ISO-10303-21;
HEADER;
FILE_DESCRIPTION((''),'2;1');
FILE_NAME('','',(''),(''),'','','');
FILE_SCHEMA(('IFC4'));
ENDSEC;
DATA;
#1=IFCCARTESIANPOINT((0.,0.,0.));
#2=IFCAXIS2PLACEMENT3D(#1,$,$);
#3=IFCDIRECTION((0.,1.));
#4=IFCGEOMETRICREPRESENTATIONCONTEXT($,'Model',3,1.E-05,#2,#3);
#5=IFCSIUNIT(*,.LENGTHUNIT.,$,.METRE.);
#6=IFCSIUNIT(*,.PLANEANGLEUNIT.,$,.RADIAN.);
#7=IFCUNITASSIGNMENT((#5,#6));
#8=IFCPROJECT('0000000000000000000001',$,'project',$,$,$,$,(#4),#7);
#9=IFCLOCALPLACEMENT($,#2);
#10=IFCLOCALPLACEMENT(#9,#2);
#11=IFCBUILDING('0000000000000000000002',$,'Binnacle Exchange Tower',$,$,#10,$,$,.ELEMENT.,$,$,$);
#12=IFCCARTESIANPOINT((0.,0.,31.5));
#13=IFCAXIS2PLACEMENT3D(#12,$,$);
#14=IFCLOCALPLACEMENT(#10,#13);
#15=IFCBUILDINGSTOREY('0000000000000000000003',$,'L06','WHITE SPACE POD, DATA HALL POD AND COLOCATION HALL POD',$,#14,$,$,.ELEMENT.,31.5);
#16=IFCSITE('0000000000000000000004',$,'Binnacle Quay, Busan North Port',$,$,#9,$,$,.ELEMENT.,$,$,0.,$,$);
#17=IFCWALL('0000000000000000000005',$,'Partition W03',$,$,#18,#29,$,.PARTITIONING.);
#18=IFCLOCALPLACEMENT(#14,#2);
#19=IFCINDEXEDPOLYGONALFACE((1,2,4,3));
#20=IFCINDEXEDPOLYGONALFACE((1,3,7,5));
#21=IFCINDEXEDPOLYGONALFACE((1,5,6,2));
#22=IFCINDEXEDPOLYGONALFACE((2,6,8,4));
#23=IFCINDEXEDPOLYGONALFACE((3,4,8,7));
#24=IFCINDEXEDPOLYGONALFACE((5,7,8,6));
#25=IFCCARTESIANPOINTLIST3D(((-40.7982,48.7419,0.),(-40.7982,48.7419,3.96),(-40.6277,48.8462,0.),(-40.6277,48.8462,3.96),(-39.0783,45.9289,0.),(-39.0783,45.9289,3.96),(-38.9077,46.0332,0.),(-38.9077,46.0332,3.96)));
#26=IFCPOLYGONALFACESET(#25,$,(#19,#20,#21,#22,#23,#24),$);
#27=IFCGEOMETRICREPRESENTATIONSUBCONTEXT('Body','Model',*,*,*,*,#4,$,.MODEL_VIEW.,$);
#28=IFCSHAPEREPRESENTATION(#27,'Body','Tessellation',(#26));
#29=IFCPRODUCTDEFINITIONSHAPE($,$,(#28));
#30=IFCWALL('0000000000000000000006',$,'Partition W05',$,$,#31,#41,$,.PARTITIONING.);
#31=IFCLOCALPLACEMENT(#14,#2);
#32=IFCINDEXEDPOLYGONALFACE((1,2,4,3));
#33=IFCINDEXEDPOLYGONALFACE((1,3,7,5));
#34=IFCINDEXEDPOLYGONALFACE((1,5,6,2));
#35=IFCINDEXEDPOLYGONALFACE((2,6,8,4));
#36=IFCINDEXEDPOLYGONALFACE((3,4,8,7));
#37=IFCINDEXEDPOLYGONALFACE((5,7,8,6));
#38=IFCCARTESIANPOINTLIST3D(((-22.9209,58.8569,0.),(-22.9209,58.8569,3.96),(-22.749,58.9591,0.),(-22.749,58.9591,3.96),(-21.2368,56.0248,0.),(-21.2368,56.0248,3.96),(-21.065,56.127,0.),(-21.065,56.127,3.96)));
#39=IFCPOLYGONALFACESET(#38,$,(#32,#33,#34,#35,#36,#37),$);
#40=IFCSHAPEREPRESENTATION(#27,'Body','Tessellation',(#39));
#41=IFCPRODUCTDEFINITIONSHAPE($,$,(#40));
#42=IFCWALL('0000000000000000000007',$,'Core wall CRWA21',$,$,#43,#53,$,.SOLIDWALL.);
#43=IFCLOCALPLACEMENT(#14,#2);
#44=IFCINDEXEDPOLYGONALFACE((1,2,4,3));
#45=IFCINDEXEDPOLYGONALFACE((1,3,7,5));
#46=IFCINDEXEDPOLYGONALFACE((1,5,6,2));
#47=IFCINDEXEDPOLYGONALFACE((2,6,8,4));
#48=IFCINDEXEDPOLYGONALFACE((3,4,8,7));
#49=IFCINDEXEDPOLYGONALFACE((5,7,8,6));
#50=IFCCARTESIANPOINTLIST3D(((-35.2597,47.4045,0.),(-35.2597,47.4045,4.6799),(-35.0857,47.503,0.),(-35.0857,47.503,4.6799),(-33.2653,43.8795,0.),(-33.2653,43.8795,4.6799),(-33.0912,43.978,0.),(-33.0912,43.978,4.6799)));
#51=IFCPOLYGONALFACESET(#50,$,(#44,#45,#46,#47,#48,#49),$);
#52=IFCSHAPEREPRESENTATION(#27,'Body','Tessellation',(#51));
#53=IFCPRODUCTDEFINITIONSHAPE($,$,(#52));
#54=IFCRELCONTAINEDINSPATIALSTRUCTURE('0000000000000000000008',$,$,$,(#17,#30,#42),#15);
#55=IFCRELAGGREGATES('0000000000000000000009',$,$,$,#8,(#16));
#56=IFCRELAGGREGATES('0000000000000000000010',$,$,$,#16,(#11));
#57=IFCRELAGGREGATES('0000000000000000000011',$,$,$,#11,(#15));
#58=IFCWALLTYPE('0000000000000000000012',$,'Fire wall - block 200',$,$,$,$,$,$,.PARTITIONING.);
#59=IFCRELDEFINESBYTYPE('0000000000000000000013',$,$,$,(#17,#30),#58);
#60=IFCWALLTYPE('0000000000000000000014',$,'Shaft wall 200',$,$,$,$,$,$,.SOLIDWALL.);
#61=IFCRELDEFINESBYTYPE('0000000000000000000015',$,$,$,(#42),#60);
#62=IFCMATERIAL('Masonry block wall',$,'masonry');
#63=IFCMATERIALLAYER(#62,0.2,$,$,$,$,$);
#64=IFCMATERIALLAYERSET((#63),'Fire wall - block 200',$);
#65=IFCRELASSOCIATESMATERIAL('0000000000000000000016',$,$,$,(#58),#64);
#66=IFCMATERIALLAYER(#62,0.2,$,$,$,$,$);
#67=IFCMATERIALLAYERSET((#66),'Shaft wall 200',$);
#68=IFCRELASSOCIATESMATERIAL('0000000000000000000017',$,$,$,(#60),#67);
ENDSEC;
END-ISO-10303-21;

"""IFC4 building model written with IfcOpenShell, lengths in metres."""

from ifc_helpers import new_model, si_unit, direction, frame, frame_2d, origin, place, context, subcontext, project, spatial, rectangle, extrude, material, layer, layer_set, type_object, element, save


model = new_model("IFC4")

# Units and contexts
model_context = context("Model", 3, precision=1e-05, world=origin(), true_north=direction((0.0, 1.0)))
body_context = subcontext(model_context, "Body", "Model", "MODEL_VIEW")
ifc_project = project(units=[si_unit("LENGTHUNIT", "METRE"), si_unit("PLANEANGLEUNIT", "RADIAN")], contexts=[model_context])

# Site, building, storey
site_placement = place(None, origin())
site = spatial("IfcSite", under=ifc_project, at=site_placement, Name="Binnacle Quay, Busan North Port", CompositionType="ELEMENT", RefElevation=0.0)
building_placement = place(site_placement, origin())
building = spatial("IfcBuilding", under=site, at=building_placement, Name="Binnacle Exchange Tower", CompositionType="ELEMENT")
storey_placement = place(building_placement, frame((0.0, 0.0, 31.5)))
storey = spatial("IfcBuildingStorey", under=building, at=storey_placement, Name="L06", Description="WHITE SPACE POD, DATA HALL POD AND COLOCATION HALL POD", CompositionType="ELEMENT", Elevation=31.5)

# Walls
ifc_material_1 = material(Name="Masonry block wall", Category="masonry")
ifc_layer_1 = layer(ifc_material_1, 0.2)
ifc_layer_set_1 = layer_set([ifc_layer_1], Name="Fire wall - block 200")
wall_type_1 = type_object("IfcWallType", Name="Fire wall - block 200", PredefinedType="PARTITIONING", material=ifc_layer_set_1)
wall_1_placement = place(storey_placement, frame((-40.7129, 48.7939, 0.0), z_axis=(0.0, 0.0, 1.0), x_axis=(0.521654, -0.853157, 0.0)))
element("IfcWall", 1, at=wall_1_placement, inside=storey, type_object=wall_type_1, Name="Partition W03", PredefinedType="PARTITIONING", context=body_context, shape_type="SweptSolid", body=[
    extrude(rectangle(XDim=3.2971, YDim=0.2, at=frame_2d((1.6484, 0.0))), origin(), (0.0, 0.0, 1.0), 3.96),
])
wall_2_placement = place(storey_placement, frame((-22.835, 58.908, 0.0), z_axis=(0.0, 0.0, 1.0), x_axis=(0.511114, -0.859513, 0.0)))
element("IfcWall", 2, at=wall_2_placement, inside=storey, type_object=wall_type_1, Name="Partition W05", PredefinedType="PARTITIONING", context=body_context, shape_type="SweptSolid", body=[
    extrude(rectangle(XDim=3.2949, YDim=0.2, at=frame_2d((1.6475, 0.0))), origin(), (0.0, 0.0, 1.0), 3.96),
])
ifc_layer_2 = layer(ifc_material_1, 0.2)
ifc_layer_set_2 = layer_set([ifc_layer_2], Name="Shaft wall 200")
wall_type_2 = type_object("IfcWallType", Name="Shaft wall 200", PredefinedType="SOLIDWALL", material=ifc_layer_set_2)
wall_3_placement = place(storey_placement, frame((-35.1726, 47.4536, 0.0), z_axis=(0.0, 0.0, 1.0), x_axis=(0.492441, -0.870346, 0.0)))
element("IfcWall", 3, at=wall_3_placement, inside=storey, type_object=wall_type_2, Name="Core wall CRWA21", PredefinedType="SOLIDWALL", context=body_context, shape_type="SweptSolid", body=[
    extrude(rectangle(XDim=4.05, YDim=0.2, at=frame_2d((2.0249, 0.0))), origin(), (0.0, 0.0, 1.0), 4.6799),
])

save(model, "model.ifc")
